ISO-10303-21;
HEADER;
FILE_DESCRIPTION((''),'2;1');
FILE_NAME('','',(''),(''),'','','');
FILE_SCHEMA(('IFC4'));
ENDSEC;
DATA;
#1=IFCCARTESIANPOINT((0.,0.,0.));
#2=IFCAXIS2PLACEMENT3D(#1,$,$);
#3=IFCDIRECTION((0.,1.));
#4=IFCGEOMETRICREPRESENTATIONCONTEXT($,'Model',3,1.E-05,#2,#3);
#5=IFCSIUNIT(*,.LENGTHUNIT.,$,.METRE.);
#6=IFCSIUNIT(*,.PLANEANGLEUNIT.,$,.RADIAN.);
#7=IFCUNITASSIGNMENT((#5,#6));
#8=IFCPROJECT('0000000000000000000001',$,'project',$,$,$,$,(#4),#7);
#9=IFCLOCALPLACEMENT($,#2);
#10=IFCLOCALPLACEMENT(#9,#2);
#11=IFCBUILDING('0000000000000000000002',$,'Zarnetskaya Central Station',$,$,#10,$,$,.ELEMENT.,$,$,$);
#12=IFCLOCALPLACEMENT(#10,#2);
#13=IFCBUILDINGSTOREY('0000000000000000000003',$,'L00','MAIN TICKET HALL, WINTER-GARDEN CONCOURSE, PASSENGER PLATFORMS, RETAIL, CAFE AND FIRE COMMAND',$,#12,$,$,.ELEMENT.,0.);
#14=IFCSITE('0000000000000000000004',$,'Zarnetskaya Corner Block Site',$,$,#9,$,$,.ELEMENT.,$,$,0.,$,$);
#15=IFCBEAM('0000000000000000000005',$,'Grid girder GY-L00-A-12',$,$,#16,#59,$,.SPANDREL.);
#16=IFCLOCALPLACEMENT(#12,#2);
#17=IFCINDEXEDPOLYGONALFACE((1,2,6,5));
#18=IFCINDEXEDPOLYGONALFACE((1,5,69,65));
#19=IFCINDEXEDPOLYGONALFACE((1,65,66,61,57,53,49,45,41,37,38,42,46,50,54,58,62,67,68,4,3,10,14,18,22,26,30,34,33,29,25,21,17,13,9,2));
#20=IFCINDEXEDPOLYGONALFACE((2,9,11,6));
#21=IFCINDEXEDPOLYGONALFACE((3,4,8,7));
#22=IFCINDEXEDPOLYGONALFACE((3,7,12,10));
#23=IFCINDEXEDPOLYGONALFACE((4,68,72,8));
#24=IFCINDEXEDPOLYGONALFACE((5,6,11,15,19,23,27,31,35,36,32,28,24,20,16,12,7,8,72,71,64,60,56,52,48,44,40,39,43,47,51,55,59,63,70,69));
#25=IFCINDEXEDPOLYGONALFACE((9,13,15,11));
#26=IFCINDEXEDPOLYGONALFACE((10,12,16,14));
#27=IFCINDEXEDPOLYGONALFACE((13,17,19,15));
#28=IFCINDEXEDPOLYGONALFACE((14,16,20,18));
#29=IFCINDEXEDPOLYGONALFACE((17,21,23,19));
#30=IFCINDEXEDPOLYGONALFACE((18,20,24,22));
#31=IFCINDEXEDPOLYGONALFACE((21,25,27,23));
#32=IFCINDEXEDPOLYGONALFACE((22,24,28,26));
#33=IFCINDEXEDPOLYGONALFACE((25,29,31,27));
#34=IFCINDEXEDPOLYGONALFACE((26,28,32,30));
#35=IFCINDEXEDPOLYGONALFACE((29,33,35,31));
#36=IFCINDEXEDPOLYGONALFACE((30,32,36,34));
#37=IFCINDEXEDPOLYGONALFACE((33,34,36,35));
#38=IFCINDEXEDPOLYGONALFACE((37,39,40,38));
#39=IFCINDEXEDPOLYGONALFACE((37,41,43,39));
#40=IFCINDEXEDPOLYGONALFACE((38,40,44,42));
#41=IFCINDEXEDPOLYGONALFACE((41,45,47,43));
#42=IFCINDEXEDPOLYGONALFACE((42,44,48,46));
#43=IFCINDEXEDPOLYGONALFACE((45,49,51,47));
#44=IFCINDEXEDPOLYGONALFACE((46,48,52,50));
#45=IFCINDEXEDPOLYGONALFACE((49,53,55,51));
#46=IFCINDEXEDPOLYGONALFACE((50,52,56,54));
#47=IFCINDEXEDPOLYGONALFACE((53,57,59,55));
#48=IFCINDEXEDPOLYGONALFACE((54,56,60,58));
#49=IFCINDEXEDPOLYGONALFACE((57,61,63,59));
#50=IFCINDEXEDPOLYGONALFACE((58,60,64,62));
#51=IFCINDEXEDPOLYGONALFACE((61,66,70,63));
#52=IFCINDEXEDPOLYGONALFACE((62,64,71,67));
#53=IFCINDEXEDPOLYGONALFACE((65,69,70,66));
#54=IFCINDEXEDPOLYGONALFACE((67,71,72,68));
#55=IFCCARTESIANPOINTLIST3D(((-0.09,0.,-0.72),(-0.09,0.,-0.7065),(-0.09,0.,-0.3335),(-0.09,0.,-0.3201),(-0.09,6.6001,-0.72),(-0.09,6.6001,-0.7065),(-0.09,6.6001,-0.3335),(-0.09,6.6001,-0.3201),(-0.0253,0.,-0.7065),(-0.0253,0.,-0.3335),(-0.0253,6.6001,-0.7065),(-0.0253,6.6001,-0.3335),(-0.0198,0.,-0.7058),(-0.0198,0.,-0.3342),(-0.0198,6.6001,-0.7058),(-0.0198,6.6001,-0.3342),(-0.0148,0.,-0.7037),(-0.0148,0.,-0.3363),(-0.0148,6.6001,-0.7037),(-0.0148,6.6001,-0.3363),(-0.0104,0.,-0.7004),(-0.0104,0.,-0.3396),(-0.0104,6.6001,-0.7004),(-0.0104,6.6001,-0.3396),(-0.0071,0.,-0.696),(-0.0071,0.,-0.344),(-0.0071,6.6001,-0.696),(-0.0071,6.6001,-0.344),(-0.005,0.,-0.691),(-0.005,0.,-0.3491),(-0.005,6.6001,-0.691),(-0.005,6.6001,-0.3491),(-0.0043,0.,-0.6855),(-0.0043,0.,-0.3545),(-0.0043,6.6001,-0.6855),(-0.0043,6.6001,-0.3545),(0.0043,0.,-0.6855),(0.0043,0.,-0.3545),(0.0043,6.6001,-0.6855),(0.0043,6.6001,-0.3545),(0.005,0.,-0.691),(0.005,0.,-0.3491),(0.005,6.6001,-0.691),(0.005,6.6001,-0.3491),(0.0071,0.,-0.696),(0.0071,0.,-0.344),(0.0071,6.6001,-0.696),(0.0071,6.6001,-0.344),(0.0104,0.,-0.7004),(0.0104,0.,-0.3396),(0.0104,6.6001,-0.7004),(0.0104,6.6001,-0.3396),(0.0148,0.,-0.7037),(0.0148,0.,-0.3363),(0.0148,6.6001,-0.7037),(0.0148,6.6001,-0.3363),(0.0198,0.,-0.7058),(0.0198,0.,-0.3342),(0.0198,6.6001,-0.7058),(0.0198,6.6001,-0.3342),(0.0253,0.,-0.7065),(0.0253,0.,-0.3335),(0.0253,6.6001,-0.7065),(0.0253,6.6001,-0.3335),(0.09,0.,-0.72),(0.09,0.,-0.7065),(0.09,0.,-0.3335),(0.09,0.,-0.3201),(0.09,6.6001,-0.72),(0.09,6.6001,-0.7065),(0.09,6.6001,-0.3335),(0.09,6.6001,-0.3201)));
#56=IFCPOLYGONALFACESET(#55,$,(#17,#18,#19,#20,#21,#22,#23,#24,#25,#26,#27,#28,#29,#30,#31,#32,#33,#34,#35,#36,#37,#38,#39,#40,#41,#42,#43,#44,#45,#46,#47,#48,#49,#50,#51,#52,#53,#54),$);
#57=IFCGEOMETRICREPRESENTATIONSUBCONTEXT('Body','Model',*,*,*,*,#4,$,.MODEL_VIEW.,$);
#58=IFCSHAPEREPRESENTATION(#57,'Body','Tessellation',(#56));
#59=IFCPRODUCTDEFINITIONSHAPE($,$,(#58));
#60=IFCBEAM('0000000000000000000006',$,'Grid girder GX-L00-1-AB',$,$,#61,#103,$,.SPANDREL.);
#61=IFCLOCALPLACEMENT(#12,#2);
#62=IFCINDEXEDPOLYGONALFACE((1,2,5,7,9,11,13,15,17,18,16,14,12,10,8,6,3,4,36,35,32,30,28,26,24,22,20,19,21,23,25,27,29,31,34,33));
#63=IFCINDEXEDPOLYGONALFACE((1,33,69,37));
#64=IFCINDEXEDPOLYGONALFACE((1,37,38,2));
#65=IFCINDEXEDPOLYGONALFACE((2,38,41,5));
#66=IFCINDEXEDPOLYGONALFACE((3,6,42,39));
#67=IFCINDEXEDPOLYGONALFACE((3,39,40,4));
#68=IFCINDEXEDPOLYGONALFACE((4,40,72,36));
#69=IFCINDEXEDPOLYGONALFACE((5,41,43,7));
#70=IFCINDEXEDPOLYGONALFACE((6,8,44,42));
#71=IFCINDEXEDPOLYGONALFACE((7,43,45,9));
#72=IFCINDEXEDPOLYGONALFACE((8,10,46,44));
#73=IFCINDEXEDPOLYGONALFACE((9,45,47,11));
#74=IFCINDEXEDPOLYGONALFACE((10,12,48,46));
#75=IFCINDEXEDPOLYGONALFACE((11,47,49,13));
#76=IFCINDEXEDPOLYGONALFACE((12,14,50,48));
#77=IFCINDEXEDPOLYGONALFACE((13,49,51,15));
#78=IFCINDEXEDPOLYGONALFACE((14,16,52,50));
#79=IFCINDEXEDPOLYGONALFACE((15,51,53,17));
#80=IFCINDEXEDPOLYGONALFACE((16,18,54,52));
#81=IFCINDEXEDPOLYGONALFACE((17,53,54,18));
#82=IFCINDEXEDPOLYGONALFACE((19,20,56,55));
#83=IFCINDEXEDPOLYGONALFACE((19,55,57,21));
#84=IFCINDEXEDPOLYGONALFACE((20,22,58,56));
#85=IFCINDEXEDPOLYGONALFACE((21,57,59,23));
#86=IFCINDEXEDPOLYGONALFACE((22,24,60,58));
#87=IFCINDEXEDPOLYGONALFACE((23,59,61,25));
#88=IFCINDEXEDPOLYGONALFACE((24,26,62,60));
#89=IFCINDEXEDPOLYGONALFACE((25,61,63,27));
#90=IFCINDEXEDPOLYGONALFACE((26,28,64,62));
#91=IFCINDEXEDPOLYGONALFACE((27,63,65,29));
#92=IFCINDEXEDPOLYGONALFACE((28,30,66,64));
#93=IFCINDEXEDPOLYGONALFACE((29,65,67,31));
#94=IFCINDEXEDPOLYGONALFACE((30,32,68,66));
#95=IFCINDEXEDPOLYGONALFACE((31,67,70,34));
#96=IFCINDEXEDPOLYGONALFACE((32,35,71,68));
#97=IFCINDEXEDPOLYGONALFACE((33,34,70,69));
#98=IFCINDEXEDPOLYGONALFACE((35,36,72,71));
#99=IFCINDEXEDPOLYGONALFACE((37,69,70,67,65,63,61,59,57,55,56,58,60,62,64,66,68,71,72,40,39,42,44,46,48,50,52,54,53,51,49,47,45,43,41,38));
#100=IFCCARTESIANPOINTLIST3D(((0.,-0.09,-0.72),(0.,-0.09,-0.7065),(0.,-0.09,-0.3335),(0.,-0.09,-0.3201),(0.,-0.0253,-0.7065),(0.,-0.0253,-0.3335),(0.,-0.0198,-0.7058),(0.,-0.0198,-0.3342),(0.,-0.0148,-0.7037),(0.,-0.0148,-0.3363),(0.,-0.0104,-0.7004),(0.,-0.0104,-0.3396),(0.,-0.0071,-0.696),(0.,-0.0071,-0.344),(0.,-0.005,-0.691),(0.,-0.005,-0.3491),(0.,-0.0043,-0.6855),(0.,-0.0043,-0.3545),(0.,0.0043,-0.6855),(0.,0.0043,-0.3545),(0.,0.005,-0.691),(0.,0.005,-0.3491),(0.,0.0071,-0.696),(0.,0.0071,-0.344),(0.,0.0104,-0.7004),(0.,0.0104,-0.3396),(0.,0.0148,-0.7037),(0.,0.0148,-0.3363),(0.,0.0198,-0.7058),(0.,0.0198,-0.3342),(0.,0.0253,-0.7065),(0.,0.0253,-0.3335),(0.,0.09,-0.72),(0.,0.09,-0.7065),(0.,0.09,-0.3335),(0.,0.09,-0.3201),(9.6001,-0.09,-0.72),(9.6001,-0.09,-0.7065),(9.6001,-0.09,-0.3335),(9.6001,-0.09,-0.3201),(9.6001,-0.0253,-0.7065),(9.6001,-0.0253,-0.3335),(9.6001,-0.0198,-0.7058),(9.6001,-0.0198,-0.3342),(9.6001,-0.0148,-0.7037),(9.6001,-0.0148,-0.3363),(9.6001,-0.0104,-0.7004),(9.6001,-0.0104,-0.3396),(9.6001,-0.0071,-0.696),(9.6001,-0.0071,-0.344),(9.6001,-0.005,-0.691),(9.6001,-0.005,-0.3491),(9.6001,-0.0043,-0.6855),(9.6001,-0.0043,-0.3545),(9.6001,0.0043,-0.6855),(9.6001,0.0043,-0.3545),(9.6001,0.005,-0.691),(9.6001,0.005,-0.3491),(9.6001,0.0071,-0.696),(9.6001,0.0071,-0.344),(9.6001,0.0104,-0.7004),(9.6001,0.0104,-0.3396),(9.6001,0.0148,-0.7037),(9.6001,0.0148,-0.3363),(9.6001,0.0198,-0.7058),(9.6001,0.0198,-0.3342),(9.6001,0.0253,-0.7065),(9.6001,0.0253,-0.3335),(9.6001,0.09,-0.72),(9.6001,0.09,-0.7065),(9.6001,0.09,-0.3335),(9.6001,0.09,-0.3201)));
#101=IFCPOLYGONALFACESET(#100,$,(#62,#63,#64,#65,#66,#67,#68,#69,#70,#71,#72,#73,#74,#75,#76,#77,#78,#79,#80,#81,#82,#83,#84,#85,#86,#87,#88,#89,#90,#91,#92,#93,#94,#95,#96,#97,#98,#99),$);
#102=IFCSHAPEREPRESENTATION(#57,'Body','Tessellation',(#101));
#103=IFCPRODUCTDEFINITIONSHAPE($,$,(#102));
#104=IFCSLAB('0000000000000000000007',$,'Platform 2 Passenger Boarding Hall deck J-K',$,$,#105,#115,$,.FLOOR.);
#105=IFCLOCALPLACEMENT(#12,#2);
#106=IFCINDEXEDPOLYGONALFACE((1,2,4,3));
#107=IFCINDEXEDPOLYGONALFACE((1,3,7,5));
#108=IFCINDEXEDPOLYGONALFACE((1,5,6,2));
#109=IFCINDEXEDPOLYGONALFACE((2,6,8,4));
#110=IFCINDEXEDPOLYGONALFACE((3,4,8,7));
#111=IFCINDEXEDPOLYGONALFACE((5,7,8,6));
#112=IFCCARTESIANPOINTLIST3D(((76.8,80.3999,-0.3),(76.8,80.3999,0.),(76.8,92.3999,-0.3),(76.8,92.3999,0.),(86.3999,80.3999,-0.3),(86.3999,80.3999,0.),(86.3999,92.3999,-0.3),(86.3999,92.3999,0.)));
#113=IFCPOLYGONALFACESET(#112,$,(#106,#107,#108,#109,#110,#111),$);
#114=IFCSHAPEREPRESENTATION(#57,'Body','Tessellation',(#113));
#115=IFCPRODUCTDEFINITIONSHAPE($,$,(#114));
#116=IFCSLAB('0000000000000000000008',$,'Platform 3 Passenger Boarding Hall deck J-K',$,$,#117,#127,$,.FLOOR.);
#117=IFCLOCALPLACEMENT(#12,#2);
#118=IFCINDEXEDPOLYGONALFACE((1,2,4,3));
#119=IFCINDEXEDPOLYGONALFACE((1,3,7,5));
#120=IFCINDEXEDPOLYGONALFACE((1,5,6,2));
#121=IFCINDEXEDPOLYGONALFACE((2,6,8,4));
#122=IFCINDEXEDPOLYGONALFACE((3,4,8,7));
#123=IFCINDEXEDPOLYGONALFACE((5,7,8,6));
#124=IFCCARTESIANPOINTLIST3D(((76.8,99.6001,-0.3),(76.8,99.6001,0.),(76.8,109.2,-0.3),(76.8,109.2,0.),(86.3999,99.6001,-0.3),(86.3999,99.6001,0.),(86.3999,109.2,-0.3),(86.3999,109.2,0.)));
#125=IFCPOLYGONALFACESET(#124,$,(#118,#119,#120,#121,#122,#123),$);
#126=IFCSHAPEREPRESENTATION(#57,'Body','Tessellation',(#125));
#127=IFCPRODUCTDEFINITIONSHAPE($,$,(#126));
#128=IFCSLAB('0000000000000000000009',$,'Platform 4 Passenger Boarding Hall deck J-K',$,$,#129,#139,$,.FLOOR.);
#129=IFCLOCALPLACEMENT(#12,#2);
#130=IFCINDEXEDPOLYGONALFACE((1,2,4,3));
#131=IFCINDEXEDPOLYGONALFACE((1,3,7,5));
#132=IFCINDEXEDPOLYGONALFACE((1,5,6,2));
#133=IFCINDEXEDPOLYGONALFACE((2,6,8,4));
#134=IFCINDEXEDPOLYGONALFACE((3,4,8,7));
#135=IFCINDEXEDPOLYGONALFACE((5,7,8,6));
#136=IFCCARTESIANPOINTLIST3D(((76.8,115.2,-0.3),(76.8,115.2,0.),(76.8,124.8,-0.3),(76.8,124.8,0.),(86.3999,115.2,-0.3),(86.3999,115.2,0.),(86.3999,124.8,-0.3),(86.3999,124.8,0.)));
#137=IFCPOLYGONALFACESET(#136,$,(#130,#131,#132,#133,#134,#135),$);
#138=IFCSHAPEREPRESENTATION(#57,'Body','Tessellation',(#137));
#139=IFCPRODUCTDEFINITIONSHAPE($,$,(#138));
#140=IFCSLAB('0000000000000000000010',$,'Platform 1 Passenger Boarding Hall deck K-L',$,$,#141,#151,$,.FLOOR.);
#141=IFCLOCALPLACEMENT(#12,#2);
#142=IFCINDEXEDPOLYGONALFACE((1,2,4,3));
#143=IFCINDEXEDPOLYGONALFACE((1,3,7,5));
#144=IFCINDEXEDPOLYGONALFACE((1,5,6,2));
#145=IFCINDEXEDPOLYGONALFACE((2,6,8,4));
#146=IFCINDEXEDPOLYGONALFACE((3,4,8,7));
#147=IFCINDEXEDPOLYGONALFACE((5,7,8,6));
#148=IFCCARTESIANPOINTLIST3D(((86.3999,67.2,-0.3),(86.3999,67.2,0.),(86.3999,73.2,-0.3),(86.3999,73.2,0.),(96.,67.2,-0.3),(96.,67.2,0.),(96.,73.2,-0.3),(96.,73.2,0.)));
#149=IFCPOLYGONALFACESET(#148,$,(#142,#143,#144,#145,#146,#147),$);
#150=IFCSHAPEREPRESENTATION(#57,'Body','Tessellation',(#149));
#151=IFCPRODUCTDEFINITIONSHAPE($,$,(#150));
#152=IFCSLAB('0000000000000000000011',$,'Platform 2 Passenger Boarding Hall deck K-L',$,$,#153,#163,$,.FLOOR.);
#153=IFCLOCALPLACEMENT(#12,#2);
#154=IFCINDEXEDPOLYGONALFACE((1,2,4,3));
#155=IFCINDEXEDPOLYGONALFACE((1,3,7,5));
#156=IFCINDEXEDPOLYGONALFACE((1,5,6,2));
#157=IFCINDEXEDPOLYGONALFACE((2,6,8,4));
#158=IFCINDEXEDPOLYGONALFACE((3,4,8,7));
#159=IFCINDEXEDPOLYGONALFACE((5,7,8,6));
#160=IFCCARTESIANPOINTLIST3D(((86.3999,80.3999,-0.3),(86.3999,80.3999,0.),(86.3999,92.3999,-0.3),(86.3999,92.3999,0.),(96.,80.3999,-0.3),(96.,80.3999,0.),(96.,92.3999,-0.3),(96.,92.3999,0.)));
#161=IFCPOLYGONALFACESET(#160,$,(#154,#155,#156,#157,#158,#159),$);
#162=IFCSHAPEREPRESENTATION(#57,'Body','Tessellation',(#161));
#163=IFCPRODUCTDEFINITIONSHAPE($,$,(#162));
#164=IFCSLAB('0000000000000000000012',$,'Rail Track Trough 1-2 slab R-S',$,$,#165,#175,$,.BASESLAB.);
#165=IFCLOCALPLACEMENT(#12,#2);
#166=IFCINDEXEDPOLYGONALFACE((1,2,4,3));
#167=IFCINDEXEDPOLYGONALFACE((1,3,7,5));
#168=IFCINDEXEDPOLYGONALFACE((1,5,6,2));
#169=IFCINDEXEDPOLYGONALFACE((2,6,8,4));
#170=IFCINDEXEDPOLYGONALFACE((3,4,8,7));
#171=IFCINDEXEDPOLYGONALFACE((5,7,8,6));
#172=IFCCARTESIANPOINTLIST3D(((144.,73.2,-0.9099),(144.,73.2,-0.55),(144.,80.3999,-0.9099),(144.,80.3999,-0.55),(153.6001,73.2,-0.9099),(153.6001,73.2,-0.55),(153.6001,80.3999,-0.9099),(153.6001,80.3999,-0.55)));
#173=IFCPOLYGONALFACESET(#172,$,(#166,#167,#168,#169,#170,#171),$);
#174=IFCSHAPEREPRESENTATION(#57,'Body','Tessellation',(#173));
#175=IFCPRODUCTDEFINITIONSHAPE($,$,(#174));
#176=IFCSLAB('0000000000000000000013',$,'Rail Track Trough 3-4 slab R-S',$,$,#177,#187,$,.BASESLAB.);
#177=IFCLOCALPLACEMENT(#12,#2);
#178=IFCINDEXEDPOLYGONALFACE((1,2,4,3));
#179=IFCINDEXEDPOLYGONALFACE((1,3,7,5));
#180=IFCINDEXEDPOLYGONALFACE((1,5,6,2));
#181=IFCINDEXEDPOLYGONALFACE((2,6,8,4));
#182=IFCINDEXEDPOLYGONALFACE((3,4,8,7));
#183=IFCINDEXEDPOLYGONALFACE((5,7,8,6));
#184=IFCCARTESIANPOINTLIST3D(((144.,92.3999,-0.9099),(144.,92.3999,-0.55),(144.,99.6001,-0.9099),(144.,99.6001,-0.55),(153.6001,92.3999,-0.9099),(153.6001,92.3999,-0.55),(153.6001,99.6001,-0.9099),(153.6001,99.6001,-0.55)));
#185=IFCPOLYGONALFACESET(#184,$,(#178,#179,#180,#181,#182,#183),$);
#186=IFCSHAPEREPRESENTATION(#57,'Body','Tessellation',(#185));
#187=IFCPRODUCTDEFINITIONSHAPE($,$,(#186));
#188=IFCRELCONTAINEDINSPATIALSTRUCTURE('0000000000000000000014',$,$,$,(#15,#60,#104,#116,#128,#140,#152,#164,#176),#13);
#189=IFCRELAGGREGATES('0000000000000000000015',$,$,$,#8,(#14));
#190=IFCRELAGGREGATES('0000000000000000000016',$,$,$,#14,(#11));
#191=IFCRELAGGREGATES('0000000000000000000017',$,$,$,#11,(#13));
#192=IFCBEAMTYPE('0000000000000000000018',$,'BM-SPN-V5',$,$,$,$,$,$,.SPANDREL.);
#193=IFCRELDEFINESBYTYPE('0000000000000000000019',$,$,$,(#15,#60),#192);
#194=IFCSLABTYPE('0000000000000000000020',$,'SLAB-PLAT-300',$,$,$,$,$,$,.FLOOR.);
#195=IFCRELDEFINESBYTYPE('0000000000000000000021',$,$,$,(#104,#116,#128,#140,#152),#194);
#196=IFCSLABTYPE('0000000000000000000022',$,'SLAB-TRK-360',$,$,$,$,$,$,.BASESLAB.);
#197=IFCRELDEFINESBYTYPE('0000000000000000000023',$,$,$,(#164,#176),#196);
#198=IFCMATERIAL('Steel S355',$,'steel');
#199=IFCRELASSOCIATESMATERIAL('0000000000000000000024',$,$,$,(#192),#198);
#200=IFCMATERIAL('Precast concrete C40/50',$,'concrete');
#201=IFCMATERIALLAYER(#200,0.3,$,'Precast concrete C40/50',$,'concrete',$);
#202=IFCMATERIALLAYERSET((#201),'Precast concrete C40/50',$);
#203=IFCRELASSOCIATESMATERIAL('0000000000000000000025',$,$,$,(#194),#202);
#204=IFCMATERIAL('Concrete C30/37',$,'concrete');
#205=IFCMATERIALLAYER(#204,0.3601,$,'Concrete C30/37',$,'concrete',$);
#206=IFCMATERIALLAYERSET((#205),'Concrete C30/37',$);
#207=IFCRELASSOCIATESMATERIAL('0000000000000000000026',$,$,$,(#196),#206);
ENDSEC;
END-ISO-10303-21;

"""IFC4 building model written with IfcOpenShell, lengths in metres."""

from ifc_helpers import new_model, si_unit, direction, frame, origin, origin_2d, place, context, subcontext, project, spatial, polyline, i_section, outline, extrude, material, layer, layer_set, material_profile, profile_set, type_object, element, save


model = new_model("IFC4")

# Units and contexts
model_context = context("Model", 3, precision=1e-05, world=origin(), true_north=direction((0.0, 1.0)))
body_context = subcontext(model_context, "Body", "Model", "MODEL_VIEW")
ifc_project = project(units=[si_unit("LENGTHUNIT", "METRE"), si_unit("PLANEANGLEUNIT", "RADIAN")], contexts=[model_context])

# Site, building, storey
site_placement = place(None, origin())
site = spatial("IfcSite", under=ifc_project, at=site_placement, Name="Zarnetskaya Corner Block Site", CompositionType="ELEMENT", RefElevation=0.0)
building_placement = place(site_placement, origin())
building = spatial("IfcBuilding", under=site, at=building_placement, Name="Zarnetskaya Central Station", CompositionType="ELEMENT")
storey_placement = place(building_placement, origin())
storey = spatial("IfcBuildingStorey", under=building, at=storey_placement, Name="L00", Description="MAIN TICKET HALL, WINTER-GARDEN CONCOURSE, PASSENGER PLATFORMS, RETAIL, CAFE AND FIRE COMMAND", CompositionType="ELEMENT", Elevation=0.0)

# Beams
ifc_material_1 = material(Name="Steel S355", Category="steel")
ifc_material_profile = material_profile(ifc_material_1, i_section(OverallWidth=0.1799, OverallDepth=0.3999, WebThickness=0.0085, FlangeThickness=0.0134, FilletRadius=0.021, at=origin_2d()), Name="IPE 400")
ifc_profile_set = profile_set([ifc_material_profile], Name="Steel S355")
beam_type = type_object("IfcBeamType", Name="BM-SPN-V5", PredefinedType="SPANDREL", material=ifc_profile_set)
beam_1_placement = place(storey_placement, frame((0.0, 0.0, -0.52), z_axis=(0.0, 1.0, 0.0), x_axis=(-1.0, 0.0, 0.0)))
element("IfcBeam", 1, at=beam_1_placement, inside=storey, type_object=beam_type, Name="Grid girder GY-L00-A-12", PredefinedType="SPANDREL", context=body_context, shape_type="SweptSolid", body=[
    extrude(i_section(OverallWidth=0.1799, OverallDepth=0.3999, WebThickness=0.0085, FlangeThickness=0.0134, FilletRadius=0.021, at=origin_2d()), origin(), (0.0, 0.0, 1.0), 6.6001),
])
beam_2_placement = place(storey_placement, frame((0.0, 0.0, -0.52), z_axis=(1.0, 0.0, 0.0), x_axis=(0.0, 1.0, 0.0)))
element("IfcBeam", 2, at=beam_2_placement, inside=storey, type_object=beam_type, Name="Grid girder GX-L00-1-AB", PredefinedType="SPANDREL", context=body_context, shape_type="SweptSolid", body=[
    extrude(i_section(OverallWidth=0.1799, OverallDepth=0.3999, WebThickness=0.0085, FlangeThickness=0.0134, FilletRadius=0.021, at=origin_2d()), origin(), (0.0, 0.0, 1.0), 9.6001),
])

# Slabs
ifc_material_2 = material(Name="Precast concrete C40/50", Category="concrete")
ifc_layer_1 = layer(ifc_material_2, 0.3, Name="Precast concrete C40/50", Category="concrete")
ifc_layer_set_1 = layer_set([ifc_layer_1], Name="Precast concrete C40/50")
slab_type_1 = type_object("IfcSlabType", Name="SLAB-PLAT-300", PredefinedType="FLOOR", material=ifc_layer_set_1)
slab_1_placement = place(storey_placement, frame((0.0, 0.0, -0.3)))
element("IfcSlab", 3, at=slab_1_placement, inside=storey, type_object=slab_type_1, Name="Platform 2 Passenger Boarding Hall deck J-K", PredefinedType="FLOOR", context=body_context, shape_type="SweptSolid", body=[
    extrude(outline(polyline([(76.8, 80.3999), (86.3999, 80.3999), (86.3999, 92.3999), (76.8, 92.3999), (76.8, 80.3999)])), origin(), (0.0, 0.0, 1.0), 0.3),
])
slab_2_placement = place(storey_placement, frame((0.0, 0.0, -0.3)))
element("IfcSlab", 4, at=slab_2_placement, inside=storey, type_object=slab_type_1, Name="Platform 3 Passenger Boarding Hall deck J-K", PredefinedType="FLOOR", context=body_context, shape_type="SweptSolid", body=[
    extrude(outline(polyline([(76.8, 99.6001), (86.3999, 99.6001), (86.3999, 109.2), (76.8, 109.2), (76.8, 99.6001)])), origin(), (0.0, 0.0, 1.0), 0.3),
])
slab_3_placement = place(storey_placement, frame((0.0, 0.0, -0.3)))
element("IfcSlab", 5, at=slab_3_placement, inside=storey, type_object=slab_type_1, Name="Platform 4 Passenger Boarding Hall deck J-K", PredefinedType="FLOOR", context=body_context, shape_type="SweptSolid", body=[
    extrude(outline(polyline([(76.8, 115.2), (86.3999, 115.2), (86.3999, 124.8), (76.8, 124.8), (76.8, 115.2)])), origin(), (0.0, 0.0, 1.0), 0.3),
])
slab_4_placement = place(storey_placement, frame((0.0, 0.0, -0.3)))
element("IfcSlab", 6, at=slab_4_placement, inside=storey, type_object=slab_type_1, Name="Platform 1 Passenger Boarding Hall deck K-L", PredefinedType="FLOOR", context=body_context, shape_type="SweptSolid", body=[
    extrude(outline(polyline([(86.3999, 67.2), (96.0, 67.2), (96.0, 73.2), (86.3999, 73.2), (86.3999, 67.2)])), origin(), (0.0, 0.0, 1.0), 0.3),
])
slab_5_placement = place(storey_placement, frame((0.0, 0.0, -0.3)))
element("IfcSlab", 7, at=slab_5_placement, inside=storey, type_object=slab_type_1, Name="Platform 2 Passenger Boarding Hall deck K-L", PredefinedType="FLOOR", context=body_context, shape_type="SweptSolid", body=[
    extrude(outline(polyline([(86.3999, 80.3999), (96.0, 80.3999), (96.0, 92.3999), (86.3999, 92.3999), (86.3999, 80.3999)])), origin(), (0.0, 0.0, 1.0), 0.3),
])
ifc_material_3 = material(Name="Concrete C30/37", Category="concrete")
ifc_layer_2 = layer(ifc_material_3, 0.3601, Name="Concrete C30/37", Category="concrete")
ifc_layer_set_2 = layer_set([ifc_layer_2], Name="Concrete C30/37")
slab_type_2 = type_object("IfcSlabType", Name="SLAB-TRK-360", PredefinedType="BASESLAB", material=ifc_layer_set_2)
slab_6_placement = place(storey_placement, frame((0.0, 0.0, -0.9099)))
element("IfcSlab", 8, at=slab_6_placement, inside=storey, type_object=slab_type_2, Name="Rail Track Trough 1-2 slab R-S", PredefinedType="BASESLAB", context=body_context, shape_type="SweptSolid", body=[
    extrude(outline(polyline([(144.0, 73.2), (153.6001, 73.2), (153.6001, 80.3999), (144.0, 80.3999), (144.0, 73.2)])), origin(), (0.0, 0.0, 1.0), 0.3599),
])
slab_7_placement = place(storey_placement, frame((0.0, 0.0, -0.9099)))
element("IfcSlab", 9, at=slab_7_placement, inside=storey, type_object=slab_type_2, Name="Rail Track Trough 3-4 slab R-S", PredefinedType="BASESLAB", context=body_context, shape_type="SweptSolid", body=[
    extrude(outline(polyline([(144.0, 92.3999), (153.6001, 92.3999), (153.6001, 99.6001), (144.0, 99.6001), (144.0, 92.3999)])), origin(), (0.0, 0.0, 1.0), 0.3599),
])

save(model, "model.ifc")
